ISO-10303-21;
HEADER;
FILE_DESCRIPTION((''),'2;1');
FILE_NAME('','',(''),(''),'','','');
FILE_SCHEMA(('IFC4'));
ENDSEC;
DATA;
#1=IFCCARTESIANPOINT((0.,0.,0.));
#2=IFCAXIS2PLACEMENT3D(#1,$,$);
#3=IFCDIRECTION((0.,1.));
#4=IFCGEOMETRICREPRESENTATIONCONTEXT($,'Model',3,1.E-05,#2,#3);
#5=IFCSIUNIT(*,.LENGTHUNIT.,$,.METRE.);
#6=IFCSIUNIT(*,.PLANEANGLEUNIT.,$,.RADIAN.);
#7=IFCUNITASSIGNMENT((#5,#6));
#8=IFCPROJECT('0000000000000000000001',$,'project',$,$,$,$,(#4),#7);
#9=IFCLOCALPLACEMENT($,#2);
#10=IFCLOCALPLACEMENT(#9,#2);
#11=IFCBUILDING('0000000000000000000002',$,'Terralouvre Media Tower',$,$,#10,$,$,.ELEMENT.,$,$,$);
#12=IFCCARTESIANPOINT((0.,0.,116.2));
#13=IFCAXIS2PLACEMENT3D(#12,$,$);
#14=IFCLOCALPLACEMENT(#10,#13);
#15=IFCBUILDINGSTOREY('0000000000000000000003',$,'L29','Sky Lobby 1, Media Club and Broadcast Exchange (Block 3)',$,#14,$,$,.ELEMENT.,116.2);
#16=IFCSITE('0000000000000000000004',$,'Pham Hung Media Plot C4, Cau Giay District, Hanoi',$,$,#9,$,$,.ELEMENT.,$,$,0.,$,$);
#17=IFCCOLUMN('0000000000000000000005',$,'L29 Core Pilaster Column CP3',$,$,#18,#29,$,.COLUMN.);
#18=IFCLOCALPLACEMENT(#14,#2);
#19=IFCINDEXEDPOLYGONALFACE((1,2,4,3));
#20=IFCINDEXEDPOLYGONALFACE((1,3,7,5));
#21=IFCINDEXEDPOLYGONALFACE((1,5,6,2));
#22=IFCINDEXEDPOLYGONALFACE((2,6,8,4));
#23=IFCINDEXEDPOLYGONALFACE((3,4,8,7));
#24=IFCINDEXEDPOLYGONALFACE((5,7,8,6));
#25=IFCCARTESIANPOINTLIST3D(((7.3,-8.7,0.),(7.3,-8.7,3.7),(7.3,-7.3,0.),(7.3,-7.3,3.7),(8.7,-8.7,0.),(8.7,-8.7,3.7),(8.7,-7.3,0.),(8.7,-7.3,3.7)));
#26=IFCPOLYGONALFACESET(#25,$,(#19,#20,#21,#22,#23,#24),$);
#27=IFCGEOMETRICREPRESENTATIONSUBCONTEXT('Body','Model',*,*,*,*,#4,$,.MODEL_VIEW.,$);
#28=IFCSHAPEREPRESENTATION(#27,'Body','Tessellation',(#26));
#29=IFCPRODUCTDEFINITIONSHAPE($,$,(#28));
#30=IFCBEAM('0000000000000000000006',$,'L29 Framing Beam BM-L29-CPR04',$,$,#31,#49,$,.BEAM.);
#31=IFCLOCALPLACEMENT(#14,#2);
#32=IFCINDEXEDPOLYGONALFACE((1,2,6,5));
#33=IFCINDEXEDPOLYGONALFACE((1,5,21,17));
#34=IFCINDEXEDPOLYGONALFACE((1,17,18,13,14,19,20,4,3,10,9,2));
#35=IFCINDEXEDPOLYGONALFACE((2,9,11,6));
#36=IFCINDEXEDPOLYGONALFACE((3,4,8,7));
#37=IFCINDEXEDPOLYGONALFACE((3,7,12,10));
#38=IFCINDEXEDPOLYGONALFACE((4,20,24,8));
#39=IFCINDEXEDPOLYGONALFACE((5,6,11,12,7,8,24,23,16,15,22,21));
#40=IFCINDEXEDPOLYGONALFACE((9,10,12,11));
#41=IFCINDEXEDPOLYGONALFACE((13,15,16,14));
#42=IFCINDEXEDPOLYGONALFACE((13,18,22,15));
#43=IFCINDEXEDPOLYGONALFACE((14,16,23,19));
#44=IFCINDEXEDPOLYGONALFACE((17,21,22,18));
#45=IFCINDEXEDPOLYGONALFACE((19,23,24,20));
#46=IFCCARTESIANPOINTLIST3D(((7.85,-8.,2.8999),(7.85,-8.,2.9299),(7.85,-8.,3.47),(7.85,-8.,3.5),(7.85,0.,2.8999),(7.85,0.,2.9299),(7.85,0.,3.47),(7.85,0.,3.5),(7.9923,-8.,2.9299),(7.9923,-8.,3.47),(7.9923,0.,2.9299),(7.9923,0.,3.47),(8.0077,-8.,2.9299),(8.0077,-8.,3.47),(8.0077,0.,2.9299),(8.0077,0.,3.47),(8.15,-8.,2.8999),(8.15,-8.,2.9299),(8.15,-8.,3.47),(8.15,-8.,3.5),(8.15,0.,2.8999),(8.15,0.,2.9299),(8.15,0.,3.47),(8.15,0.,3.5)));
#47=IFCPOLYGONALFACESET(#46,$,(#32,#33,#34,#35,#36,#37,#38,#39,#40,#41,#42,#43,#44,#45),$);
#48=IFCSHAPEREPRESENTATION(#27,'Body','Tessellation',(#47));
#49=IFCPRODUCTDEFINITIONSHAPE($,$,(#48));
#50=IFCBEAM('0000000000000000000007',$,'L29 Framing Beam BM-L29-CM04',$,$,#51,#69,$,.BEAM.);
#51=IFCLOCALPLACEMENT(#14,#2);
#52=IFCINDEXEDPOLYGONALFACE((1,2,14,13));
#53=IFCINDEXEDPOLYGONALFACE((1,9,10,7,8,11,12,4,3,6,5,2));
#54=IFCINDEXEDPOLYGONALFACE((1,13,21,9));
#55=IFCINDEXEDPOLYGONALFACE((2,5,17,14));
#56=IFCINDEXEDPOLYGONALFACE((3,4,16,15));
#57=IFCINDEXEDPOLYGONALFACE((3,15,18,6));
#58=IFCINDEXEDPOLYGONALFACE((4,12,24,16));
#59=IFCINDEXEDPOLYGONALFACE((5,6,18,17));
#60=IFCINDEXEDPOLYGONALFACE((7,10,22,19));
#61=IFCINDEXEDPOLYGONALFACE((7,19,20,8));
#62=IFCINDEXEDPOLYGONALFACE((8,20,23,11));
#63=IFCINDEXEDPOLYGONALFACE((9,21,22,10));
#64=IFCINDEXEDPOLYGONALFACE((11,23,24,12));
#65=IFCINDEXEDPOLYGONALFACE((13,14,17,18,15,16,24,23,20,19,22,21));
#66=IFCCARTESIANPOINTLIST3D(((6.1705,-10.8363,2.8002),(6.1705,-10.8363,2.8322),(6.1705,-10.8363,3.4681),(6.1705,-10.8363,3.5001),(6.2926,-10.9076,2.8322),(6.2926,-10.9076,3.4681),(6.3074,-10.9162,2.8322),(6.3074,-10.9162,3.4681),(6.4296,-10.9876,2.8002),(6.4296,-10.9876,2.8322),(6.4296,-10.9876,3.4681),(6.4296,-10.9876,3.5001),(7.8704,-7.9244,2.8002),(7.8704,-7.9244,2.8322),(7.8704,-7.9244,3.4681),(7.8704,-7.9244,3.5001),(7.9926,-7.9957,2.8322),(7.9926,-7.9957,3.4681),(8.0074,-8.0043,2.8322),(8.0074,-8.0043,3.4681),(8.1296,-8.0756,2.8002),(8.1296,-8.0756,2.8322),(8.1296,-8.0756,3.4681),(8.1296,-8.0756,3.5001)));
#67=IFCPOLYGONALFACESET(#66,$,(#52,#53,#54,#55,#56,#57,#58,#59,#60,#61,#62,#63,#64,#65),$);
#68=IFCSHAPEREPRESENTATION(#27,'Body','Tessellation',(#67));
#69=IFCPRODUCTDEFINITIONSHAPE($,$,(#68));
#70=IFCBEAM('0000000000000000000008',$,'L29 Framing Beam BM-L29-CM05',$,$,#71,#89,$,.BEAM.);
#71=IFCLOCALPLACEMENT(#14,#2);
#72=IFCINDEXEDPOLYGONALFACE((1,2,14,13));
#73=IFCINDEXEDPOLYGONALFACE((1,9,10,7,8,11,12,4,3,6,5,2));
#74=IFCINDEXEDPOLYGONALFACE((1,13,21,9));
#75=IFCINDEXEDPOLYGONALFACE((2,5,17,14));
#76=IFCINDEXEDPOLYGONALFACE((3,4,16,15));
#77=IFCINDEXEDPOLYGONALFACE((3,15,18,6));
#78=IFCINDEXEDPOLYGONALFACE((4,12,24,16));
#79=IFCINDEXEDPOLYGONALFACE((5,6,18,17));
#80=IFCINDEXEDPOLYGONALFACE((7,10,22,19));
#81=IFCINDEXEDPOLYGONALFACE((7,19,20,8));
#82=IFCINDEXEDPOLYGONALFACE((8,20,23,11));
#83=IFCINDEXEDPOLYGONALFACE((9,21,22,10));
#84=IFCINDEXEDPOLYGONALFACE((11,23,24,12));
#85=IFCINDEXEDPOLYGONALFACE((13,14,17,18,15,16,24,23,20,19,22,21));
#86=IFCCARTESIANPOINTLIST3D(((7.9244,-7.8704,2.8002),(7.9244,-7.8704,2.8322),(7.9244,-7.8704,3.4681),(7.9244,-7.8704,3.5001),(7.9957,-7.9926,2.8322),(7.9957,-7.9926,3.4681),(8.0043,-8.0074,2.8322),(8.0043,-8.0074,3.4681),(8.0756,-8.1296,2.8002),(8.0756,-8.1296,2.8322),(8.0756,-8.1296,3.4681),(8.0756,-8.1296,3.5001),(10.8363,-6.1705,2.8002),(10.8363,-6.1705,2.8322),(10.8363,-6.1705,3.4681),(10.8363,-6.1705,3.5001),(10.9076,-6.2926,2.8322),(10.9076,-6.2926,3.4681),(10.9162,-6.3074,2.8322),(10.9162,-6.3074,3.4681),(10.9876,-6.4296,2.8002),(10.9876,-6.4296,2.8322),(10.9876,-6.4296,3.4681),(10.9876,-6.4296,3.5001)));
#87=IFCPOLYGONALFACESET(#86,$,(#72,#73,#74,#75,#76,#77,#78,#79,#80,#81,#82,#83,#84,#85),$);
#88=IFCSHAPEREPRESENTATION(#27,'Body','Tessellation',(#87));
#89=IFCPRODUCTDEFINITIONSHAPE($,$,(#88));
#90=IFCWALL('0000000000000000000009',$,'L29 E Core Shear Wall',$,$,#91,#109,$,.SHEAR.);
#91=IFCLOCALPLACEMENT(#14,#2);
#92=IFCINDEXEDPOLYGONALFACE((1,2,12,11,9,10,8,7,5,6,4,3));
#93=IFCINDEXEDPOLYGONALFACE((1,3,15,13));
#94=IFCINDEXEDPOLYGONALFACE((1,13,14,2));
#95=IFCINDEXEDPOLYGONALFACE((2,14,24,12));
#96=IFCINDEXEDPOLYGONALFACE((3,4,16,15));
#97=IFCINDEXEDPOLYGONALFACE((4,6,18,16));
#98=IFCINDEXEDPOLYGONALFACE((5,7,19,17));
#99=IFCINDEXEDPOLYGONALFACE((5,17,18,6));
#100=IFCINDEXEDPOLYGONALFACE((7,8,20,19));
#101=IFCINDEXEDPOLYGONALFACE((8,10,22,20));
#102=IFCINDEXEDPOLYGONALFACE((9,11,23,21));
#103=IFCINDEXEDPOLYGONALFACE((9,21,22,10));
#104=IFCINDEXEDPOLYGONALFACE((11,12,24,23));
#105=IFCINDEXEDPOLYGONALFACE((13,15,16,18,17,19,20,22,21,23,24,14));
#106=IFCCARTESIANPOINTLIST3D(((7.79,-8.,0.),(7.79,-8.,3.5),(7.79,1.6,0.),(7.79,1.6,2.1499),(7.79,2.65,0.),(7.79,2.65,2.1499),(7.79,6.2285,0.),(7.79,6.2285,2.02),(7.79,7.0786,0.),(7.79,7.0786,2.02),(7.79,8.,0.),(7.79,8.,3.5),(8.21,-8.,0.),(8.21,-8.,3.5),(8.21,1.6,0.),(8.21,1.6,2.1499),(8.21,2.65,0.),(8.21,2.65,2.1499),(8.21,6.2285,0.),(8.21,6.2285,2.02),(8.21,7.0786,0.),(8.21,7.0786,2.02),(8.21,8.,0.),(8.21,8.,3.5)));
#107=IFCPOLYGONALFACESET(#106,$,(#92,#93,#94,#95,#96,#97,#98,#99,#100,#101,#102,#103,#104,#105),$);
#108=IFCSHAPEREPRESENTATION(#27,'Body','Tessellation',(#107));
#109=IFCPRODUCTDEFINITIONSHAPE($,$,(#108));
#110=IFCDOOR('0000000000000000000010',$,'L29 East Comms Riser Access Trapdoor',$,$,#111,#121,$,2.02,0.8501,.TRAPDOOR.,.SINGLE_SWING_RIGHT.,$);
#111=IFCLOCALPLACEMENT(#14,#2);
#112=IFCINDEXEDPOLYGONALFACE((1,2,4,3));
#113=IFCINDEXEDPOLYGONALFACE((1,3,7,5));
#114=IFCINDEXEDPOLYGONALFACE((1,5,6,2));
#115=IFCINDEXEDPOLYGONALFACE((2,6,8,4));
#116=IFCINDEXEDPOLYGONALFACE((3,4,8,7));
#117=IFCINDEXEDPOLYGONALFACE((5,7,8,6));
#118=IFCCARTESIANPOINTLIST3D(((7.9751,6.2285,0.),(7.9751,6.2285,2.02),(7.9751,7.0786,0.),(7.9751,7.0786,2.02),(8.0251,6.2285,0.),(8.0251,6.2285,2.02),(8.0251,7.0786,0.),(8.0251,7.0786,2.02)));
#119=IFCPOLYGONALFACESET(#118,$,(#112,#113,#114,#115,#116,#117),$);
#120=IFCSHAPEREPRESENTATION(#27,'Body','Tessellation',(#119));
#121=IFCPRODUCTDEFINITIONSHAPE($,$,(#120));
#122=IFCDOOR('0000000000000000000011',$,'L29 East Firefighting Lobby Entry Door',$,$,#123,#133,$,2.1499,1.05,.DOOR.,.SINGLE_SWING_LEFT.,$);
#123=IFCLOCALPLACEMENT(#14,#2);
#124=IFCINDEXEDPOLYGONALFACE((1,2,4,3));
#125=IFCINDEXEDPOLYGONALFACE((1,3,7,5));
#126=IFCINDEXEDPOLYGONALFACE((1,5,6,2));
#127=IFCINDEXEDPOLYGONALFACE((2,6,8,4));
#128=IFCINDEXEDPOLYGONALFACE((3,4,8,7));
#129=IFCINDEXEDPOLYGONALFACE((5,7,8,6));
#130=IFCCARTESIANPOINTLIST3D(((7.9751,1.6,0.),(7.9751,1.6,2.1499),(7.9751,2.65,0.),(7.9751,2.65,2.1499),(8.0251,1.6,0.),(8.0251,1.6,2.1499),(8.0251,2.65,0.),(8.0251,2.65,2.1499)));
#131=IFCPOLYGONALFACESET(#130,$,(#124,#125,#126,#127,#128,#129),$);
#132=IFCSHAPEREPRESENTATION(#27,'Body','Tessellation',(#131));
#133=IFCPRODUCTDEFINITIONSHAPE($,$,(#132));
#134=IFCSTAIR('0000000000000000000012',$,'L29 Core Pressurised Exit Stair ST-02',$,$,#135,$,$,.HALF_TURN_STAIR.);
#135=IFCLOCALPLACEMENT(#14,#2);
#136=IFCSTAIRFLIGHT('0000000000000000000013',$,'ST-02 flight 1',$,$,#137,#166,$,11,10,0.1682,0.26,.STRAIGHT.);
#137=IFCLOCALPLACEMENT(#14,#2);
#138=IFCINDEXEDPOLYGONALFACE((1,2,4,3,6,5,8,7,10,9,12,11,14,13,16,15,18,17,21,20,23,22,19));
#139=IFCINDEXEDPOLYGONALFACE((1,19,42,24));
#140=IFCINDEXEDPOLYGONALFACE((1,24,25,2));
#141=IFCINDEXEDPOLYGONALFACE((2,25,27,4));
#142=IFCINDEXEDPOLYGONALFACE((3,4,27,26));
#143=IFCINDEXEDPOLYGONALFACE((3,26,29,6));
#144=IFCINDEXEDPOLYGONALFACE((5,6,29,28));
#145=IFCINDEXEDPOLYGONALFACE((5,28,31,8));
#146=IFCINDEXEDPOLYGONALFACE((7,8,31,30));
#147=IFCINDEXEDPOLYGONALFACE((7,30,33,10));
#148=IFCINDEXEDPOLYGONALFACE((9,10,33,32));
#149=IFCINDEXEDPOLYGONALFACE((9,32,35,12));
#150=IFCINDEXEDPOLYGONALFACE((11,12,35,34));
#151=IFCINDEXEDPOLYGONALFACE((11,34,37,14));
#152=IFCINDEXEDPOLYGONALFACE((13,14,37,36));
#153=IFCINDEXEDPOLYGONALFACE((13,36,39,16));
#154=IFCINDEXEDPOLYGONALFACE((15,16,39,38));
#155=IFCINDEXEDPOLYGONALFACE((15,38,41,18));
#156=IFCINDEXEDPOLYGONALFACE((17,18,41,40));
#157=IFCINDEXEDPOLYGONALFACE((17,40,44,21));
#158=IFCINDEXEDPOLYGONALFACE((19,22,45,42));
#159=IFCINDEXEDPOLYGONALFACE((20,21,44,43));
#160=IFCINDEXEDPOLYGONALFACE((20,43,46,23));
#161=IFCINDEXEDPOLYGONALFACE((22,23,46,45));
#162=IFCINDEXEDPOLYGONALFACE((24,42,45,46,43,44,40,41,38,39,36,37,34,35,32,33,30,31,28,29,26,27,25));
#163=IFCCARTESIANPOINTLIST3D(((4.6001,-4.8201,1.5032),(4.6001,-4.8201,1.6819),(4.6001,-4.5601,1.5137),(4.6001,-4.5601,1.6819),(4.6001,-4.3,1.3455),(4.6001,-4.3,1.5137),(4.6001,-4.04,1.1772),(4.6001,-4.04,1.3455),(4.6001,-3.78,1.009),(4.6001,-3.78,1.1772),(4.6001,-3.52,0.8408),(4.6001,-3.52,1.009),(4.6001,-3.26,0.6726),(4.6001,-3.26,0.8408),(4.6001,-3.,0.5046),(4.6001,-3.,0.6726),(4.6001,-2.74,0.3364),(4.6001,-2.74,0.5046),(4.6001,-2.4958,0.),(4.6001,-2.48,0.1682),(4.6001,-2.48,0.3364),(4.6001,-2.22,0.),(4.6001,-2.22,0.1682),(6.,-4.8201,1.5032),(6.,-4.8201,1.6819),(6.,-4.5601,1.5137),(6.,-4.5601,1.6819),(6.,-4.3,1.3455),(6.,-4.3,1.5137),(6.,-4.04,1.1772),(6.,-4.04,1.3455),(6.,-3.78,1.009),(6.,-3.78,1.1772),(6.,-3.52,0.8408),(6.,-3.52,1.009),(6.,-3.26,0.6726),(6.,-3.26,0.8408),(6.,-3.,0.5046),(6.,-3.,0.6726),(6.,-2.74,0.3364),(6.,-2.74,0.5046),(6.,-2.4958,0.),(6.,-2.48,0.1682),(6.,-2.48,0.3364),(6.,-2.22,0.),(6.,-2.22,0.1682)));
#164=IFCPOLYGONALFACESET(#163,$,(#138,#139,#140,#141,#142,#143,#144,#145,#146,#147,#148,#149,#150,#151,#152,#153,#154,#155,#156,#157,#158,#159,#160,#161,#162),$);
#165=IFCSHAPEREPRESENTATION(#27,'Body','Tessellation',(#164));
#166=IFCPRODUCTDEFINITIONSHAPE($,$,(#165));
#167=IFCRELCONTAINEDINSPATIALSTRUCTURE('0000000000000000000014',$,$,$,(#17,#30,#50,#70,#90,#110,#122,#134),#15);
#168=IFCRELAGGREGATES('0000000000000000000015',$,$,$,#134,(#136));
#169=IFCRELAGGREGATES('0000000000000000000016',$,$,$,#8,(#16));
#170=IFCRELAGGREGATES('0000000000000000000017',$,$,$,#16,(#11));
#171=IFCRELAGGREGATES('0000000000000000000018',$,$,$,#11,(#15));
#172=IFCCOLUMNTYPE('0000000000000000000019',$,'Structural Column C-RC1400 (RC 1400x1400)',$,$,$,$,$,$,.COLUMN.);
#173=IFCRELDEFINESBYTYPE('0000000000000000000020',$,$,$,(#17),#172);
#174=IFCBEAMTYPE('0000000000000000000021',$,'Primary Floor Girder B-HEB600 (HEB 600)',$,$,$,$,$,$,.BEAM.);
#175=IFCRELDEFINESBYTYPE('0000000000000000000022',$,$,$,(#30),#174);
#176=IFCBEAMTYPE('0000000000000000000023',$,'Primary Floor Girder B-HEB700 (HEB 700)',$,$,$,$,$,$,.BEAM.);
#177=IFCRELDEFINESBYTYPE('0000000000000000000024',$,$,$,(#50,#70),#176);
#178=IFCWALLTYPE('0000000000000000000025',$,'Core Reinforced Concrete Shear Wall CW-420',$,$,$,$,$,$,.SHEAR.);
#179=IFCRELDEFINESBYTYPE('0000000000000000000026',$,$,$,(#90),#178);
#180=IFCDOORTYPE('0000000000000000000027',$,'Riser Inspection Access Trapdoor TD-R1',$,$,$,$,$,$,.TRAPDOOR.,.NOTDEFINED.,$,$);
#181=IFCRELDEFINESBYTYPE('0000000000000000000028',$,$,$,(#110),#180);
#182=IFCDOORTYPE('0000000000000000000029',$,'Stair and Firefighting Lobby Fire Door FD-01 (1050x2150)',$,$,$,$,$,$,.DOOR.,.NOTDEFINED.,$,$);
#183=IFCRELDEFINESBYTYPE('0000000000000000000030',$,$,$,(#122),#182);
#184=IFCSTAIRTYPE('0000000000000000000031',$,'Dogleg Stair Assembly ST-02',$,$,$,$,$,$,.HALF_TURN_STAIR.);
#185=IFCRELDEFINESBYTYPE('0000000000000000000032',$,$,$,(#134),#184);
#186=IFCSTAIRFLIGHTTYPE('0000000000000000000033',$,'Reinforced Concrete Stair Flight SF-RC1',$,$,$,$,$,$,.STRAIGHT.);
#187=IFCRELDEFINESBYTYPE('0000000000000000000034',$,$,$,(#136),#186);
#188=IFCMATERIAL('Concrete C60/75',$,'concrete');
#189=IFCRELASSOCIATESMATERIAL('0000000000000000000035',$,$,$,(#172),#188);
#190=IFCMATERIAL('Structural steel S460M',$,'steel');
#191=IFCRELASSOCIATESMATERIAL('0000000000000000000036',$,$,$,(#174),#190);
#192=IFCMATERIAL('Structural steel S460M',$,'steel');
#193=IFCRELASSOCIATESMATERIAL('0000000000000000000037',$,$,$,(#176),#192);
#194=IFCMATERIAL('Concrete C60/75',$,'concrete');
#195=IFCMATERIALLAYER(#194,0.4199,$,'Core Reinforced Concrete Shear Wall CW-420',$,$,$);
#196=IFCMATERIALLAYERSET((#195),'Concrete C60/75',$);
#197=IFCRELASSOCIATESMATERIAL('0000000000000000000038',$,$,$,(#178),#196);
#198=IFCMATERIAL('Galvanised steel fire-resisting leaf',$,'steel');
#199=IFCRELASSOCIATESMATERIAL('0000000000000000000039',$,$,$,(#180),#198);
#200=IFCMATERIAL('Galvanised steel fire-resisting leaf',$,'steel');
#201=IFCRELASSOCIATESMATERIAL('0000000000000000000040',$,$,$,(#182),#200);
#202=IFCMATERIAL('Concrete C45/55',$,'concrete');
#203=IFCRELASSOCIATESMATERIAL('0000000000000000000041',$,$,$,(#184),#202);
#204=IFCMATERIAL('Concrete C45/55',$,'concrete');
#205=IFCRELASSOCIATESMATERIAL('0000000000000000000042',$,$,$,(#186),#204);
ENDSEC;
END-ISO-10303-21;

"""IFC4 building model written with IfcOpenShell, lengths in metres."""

from ifc_helpers import new_model, si_unit, direction, frame, frame_2d, origin, origin_2d, place, context, subcontext, project, spatial, polyline, rectangle, i_section, outline, extrude, material, layer, layer_set, material_profile, profile_set, type_object, element, fill, aggregate, save


model = new_model("IFC4")

# Units and contexts
model_context = context("Model", 3, precision=1e-05, world=origin(), true_north=direction((0.0, 1.0)))
body_context = subcontext(model_context, "Body", "Model", "MODEL_VIEW")
ifc_project = project(units=[si_unit("LENGTHUNIT", "METRE"), si_unit("PLANEANGLEUNIT", "RADIAN")], contexts=[model_context])

# Site, building, storey
site_placement = place(None, origin())
site = spatial("IfcSite", under=ifc_project, at=site_placement, Name="Pham Hung Media Plot C4, Cau Giay District, Hanoi", CompositionType="ELEMENT", RefElevation=0.0)
building_placement = place(site_placement, origin())
building = spatial("IfcBuilding", under=site, at=building_placement, Name="Terralouvre Media Tower", CompositionType="ELEMENT")
storey_placement = place(building_placement, frame((0.0, 0.0, 116.2)))
storey = spatial("IfcBuildingStorey", under=building, at=storey_placement, Name="L29", Description="Sky Lobby 1, Media Club and Broadcast Exchange (Block 3)", CompositionType="ELEMENT", Elevation=116.2)

# Column
ifc_material_1 = material(Name="Concrete C60/75", Category="concrete")
ifc_material_profile_1 = material_profile(ifc_material_1, rectangle(XDim=1.3999, YDim=1.3999, at=origin_2d()), Name="RC 1400x1400")
ifc_profile_set_1 = profile_set([ifc_material_profile_1], Name="Concrete C60/75")
column_type = type_object("IfcColumnType", Name="Structural Column C-RC1400 (RC 1400x1400)", PredefinedType="COLUMN", material=ifc_profile_set_1)
column_placement = place(storey_placement, frame((8.0, -8.0, 0.0), z_axis=(0.0, 0.0, 1.0), x_axis=(1.0, 0.0, 0.0)))
element("IfcColumn", 1, at=column_placement, inside=storey, type_object=column_type, Name="L29 Core Pilaster Column CP3", PredefinedType="COLUMN", context=body_context, shape_type="SweptSolid", body=[
    extrude(rectangle(XDim=1.3999, YDim=1.3999, at=origin_2d()), origin(), (0.0, 0.0, 1.0), 3.7),
])

# Beams
ifc_material_2 = material(Name="Structural steel S460M", Category="steel")
ifc_material_profile_2 = material_profile(ifc_material_2, i_section(OverallWidth=0.3, OverallDepth=0.6001, WebThickness=0.0154, FlangeThickness=0.03, at=origin_2d()), Name="HEB 600")
ifc_profile_set_2 = profile_set([ifc_material_profile_2], Name="Structural steel S460M")
beam_type_1 = type_object("IfcBeamType", Name="Primary Floor Girder B-HEB600 (HEB 600)", PredefinedType="BEAM", material=ifc_profile_set_2)
beam_placement = place(storey_placement, frame((8.0, -8.0, 3.2), z_axis=(0.0, 1.0, 0.0), x_axis=(-1.0, 0.0, 0.0)))
element("IfcBeam", 2, at=beam_placement, inside=storey, type_object=beam_type_1, Name="L29 Framing Beam BM-L29-CPR04", PredefinedType="BEAM", context=body_context, shape_type="SweptSolid", body=[
    extrude(i_section(OverallWidth=0.3, OverallDepth=0.6001, WebThickness=0.0154, FlangeThickness=0.03, at=origin_2d()), origin(), (0.0, 0.0, 1.0), 8.0),
])
ifc_material_3 = material(Name="Structural steel S460M", Category="steel")
ifc_material_profile_3 = material_profile(ifc_material_3, i_section(OverallWidth=0.3, OverallDepth=0.7, WebThickness=0.0171, FlangeThickness=0.032, at=origin_2d()), Name="HEB 700")
ifc_profile_set_3 = profile_set([ifc_material_profile_3], Name="Structural steel S460M")
beam_type_2 = type_object("IfcBeamType", Name="Primary Floor Girder B-HEB700 (HEB 700)", PredefinedType="BEAM", material=ifc_profile_set_3)
for number, where, z_axis, x_axis, name in (
    (3, (8.0, -8.0, 3.1501), (-0.504173, -0.863603, 0.0), (0.863603, -0.504173, 0.0), "L29 Framing Beam BM-L29-CM04"),
    (4, (8.0, -8.0, 3.1501), (0.863603, 0.504173, 0.0), (-0.504173, 0.863603, 0.0), "L29 Framing Beam BM-L29-CM05"),
):
    element("IfcBeam", number, at=place(storey_placement, frame(where, z_axis=z_axis, x_axis=x_axis)), inside=storey, type_object=beam_type_2, Name=name, PredefinedType="BEAM", context=body_context, shape_type="SweptSolid", body=[
        extrude(i_section(OverallWidth=0.3, OverallDepth=0.7, WebThickness=0.0171, FlangeThickness=0.032, at=origin_2d()), origin(), (0.0, 0.0, 1.0), 3.3718),
    ])

# Wall, openings, doors
ifc_material_4 = material(Name="Concrete C60/75", Category="concrete")
ifc_layer_1 = layer(ifc_material_4, 0.4199, Name="Core Reinforced Concrete Shear Wall CW-420")
ifc_layer_set_1 = layer_set([ifc_layer_1], Name="Concrete C60/75")
wall_type = type_object("IfcWallType", Name="Core Reinforced Concrete Shear Wall CW-420", PredefinedType="SHEAR", material=ifc_layer_set_1)
wall_placement = place(storey_placement, frame((8.0, -8.0, 0.0), z_axis=(0.0, 0.0, 1.0), x_axis=(0.0, 1.0, 0.0)))
wall = element("IfcWall", 5, at=wall_placement, inside=storey, type_object=wall_type, Name="L29 E Core Shear Wall", PredefinedType="SHEAR", context=body_context, shape_type="SweptSolid", body=[
    extrude(rectangle(XDim=16.0, YDim=0.4199, at=frame_2d((8.0, 0.0))), origin(), (0.0, 0.0, 1.0), 3.5),
])
opening_1_placement = place(wall_placement, frame((9.6001, 0.0, 0.0)))
opening_1 = element("IfcOpeningElement", 6, at=opening_1_placement, cuts=wall, PredefinedType="OPENING", context=body_context, shape_type="SweptSolid", body=[
    extrude(rectangle(XDim=1.05, YDim=2.1499, at=frame_2d((0.5249, 1.075))), frame((0.0, 0.22, 0.0), z_axis=(0.0, -1.0, 0.0), x_axis=(1.0, 0.0, 0.0)), (0.0, 0.0, 1.0), 0.4399),
])
opening_2_placement = place(wall_placement, frame((14.2285, 0.0, 0.0)))
opening_2 = element("IfcOpeningElement", 7, at=opening_2_placement, cuts=wall, PredefinedType="OPENING", context=body_context, shape_type="SweptSolid", body=[
    extrude(rectangle(XDim=0.8501, YDim=2.02, at=frame_2d((0.425, 1.01))), frame((0.0, 0.22, 0.0), z_axis=(0.0, -1.0, 0.0), x_axis=(1.0, 0.0, 0.0)), (0.0, 0.0, 1.0), 0.4399),
])
ifc_material_5 = material(Name="Galvanised steel fire-resisting leaf", Category="steel")
door_type_1 = type_object("IfcDoorType", Name="Riser Inspection Access Trapdoor TD-R1", OperationType="NOTDEFINED", PredefinedType="TRAPDOOR", material=ifc_material_5)
door_1_placement = place(opening_2_placement, origin())
door_1 = element("IfcDoor", 8, at=door_1_placement, inside=storey, type_object=door_type_1, Name="L29 East Comms Riser Access Trapdoor", OperationType="SINGLE_SWING_RIGHT", OverallHeight=2.02, OverallWidth=0.8501, PredefinedType="TRAPDOOR", context=body_context, shape_type="SweptSolid", body=[
    extrude(rectangle(XDim=0.8501, YDim=2.02, at=frame_2d((0.425, 1.01))), frame((0.0, 0.0249, 0.0), z_axis=(0.0, -1.0, 0.0), x_axis=(1.0, 0.0, 0.0)), (0.0, 0.0, 1.0), 0.05),
])
fill(opening_2, door_1)
ifc_material_6 = material(Name="Galvanised steel fire-resisting leaf", Category="steel")
door_type_2 = type_object("IfcDoorType", Name="Stair and Firefighting Lobby Fire Door FD-01 (1050x2150)", OperationType="NOTDEFINED", PredefinedType="DOOR", material=ifc_material_6)
door_2_placement = place(opening_1_placement, origin())
door_2 = element("IfcDoor", 9, at=door_2_placement, inside=storey, type_object=door_type_2, Name="L29 East Firefighting Lobby Entry Door", OperationType="SINGLE_SWING_LEFT", OverallHeight=2.1499, OverallWidth=1.05, PredefinedType="DOOR", context=body_context, shape_type="SweptSolid", body=[
    extrude(rectangle(XDim=1.05, YDim=2.1499, at=frame_2d((0.5249, 1.075))), frame((0.0, 0.0249, 0.0), z_axis=(0.0, -1.0, 0.0), x_axis=(1.0, 0.0, 0.0)), (0.0, 0.0, 1.0), 0.05),
])
fill(opening_1, door_2)

# Stair, stair flight
ifc_material_7 = material(Name="Concrete C45/55", Category="concrete")
stair_type = type_object("IfcStairType", Name="Dogleg Stair Assembly ST-02", PredefinedType="HALF_TURN_STAIR", material=ifc_material_7)
stair_placement = place(storey_placement, origin())
stair = element("IfcStair", 10, at=stair_placement, inside=storey, type_object=stair_type, Name="L29 Core Pressurised Exit Stair ST-02", PredefinedType="HALF_TURN_STAIR")
ifc_material_8 = material(Name="Concrete C45/55", Category="concrete")
stair_flight_type = type_object("IfcStairFlightType", Name="Reinforced Concrete Stair Flight SF-RC1", PredefinedType="STRAIGHT", material=ifc_material_8)
stair_flight_1_placement = place(storey_placement, frame((5.3, -2.22, 0.0), z_axis=(0.0, 0.0, 1.0), x_axis=(0.0, -1.0, 0.0)))
stair_flight_1 = element("IfcStairFlight", 11, at=stair_flight_1_placement, type_object=stair_flight_type, Name="ST-02 flight 1", NumberOfRisers=11, NumberOfTreads=10, PredefinedType="STRAIGHT", RiserHeight=0.1682, TreadLength=0.26, context=body_context, shape_type="SweptSolid", body=[
    extrude(outline(polyline([(0.0, 0.0), (0.0, 0.1682), (0.26, 0.1682), (0.26, 0.3364), (0.52, 0.3364), (0.52, 0.5046), (0.78, 0.5046), (0.78, 0.6726), (1.04, 0.6726), (1.04, 0.8408), (1.3, 0.8408), (1.3, 1.009), (1.5601, 1.009), (1.5601, 1.1772), (1.8201, 1.1772), (1.8201, 1.3455), (2.0801, 1.3455), (2.0801, 1.5137), (2.3401, 1.5137), (2.3401, 1.6819), (2.6001, 1.6819), (2.6001, 1.8501), (2.6001, 1.5032), (0.2759, 0.0), (0.0, 0.0)])), frame((0.0, 0.7, 0.0), z_axis=(0.0, -1.0, 0.0), x_axis=(1.0, 0.0, 0.0)), (0.0, 0.0, 1.0), 1.3999),
])
aggregate(stair, [stair_flight_1])

save(model, "model.ifc")
